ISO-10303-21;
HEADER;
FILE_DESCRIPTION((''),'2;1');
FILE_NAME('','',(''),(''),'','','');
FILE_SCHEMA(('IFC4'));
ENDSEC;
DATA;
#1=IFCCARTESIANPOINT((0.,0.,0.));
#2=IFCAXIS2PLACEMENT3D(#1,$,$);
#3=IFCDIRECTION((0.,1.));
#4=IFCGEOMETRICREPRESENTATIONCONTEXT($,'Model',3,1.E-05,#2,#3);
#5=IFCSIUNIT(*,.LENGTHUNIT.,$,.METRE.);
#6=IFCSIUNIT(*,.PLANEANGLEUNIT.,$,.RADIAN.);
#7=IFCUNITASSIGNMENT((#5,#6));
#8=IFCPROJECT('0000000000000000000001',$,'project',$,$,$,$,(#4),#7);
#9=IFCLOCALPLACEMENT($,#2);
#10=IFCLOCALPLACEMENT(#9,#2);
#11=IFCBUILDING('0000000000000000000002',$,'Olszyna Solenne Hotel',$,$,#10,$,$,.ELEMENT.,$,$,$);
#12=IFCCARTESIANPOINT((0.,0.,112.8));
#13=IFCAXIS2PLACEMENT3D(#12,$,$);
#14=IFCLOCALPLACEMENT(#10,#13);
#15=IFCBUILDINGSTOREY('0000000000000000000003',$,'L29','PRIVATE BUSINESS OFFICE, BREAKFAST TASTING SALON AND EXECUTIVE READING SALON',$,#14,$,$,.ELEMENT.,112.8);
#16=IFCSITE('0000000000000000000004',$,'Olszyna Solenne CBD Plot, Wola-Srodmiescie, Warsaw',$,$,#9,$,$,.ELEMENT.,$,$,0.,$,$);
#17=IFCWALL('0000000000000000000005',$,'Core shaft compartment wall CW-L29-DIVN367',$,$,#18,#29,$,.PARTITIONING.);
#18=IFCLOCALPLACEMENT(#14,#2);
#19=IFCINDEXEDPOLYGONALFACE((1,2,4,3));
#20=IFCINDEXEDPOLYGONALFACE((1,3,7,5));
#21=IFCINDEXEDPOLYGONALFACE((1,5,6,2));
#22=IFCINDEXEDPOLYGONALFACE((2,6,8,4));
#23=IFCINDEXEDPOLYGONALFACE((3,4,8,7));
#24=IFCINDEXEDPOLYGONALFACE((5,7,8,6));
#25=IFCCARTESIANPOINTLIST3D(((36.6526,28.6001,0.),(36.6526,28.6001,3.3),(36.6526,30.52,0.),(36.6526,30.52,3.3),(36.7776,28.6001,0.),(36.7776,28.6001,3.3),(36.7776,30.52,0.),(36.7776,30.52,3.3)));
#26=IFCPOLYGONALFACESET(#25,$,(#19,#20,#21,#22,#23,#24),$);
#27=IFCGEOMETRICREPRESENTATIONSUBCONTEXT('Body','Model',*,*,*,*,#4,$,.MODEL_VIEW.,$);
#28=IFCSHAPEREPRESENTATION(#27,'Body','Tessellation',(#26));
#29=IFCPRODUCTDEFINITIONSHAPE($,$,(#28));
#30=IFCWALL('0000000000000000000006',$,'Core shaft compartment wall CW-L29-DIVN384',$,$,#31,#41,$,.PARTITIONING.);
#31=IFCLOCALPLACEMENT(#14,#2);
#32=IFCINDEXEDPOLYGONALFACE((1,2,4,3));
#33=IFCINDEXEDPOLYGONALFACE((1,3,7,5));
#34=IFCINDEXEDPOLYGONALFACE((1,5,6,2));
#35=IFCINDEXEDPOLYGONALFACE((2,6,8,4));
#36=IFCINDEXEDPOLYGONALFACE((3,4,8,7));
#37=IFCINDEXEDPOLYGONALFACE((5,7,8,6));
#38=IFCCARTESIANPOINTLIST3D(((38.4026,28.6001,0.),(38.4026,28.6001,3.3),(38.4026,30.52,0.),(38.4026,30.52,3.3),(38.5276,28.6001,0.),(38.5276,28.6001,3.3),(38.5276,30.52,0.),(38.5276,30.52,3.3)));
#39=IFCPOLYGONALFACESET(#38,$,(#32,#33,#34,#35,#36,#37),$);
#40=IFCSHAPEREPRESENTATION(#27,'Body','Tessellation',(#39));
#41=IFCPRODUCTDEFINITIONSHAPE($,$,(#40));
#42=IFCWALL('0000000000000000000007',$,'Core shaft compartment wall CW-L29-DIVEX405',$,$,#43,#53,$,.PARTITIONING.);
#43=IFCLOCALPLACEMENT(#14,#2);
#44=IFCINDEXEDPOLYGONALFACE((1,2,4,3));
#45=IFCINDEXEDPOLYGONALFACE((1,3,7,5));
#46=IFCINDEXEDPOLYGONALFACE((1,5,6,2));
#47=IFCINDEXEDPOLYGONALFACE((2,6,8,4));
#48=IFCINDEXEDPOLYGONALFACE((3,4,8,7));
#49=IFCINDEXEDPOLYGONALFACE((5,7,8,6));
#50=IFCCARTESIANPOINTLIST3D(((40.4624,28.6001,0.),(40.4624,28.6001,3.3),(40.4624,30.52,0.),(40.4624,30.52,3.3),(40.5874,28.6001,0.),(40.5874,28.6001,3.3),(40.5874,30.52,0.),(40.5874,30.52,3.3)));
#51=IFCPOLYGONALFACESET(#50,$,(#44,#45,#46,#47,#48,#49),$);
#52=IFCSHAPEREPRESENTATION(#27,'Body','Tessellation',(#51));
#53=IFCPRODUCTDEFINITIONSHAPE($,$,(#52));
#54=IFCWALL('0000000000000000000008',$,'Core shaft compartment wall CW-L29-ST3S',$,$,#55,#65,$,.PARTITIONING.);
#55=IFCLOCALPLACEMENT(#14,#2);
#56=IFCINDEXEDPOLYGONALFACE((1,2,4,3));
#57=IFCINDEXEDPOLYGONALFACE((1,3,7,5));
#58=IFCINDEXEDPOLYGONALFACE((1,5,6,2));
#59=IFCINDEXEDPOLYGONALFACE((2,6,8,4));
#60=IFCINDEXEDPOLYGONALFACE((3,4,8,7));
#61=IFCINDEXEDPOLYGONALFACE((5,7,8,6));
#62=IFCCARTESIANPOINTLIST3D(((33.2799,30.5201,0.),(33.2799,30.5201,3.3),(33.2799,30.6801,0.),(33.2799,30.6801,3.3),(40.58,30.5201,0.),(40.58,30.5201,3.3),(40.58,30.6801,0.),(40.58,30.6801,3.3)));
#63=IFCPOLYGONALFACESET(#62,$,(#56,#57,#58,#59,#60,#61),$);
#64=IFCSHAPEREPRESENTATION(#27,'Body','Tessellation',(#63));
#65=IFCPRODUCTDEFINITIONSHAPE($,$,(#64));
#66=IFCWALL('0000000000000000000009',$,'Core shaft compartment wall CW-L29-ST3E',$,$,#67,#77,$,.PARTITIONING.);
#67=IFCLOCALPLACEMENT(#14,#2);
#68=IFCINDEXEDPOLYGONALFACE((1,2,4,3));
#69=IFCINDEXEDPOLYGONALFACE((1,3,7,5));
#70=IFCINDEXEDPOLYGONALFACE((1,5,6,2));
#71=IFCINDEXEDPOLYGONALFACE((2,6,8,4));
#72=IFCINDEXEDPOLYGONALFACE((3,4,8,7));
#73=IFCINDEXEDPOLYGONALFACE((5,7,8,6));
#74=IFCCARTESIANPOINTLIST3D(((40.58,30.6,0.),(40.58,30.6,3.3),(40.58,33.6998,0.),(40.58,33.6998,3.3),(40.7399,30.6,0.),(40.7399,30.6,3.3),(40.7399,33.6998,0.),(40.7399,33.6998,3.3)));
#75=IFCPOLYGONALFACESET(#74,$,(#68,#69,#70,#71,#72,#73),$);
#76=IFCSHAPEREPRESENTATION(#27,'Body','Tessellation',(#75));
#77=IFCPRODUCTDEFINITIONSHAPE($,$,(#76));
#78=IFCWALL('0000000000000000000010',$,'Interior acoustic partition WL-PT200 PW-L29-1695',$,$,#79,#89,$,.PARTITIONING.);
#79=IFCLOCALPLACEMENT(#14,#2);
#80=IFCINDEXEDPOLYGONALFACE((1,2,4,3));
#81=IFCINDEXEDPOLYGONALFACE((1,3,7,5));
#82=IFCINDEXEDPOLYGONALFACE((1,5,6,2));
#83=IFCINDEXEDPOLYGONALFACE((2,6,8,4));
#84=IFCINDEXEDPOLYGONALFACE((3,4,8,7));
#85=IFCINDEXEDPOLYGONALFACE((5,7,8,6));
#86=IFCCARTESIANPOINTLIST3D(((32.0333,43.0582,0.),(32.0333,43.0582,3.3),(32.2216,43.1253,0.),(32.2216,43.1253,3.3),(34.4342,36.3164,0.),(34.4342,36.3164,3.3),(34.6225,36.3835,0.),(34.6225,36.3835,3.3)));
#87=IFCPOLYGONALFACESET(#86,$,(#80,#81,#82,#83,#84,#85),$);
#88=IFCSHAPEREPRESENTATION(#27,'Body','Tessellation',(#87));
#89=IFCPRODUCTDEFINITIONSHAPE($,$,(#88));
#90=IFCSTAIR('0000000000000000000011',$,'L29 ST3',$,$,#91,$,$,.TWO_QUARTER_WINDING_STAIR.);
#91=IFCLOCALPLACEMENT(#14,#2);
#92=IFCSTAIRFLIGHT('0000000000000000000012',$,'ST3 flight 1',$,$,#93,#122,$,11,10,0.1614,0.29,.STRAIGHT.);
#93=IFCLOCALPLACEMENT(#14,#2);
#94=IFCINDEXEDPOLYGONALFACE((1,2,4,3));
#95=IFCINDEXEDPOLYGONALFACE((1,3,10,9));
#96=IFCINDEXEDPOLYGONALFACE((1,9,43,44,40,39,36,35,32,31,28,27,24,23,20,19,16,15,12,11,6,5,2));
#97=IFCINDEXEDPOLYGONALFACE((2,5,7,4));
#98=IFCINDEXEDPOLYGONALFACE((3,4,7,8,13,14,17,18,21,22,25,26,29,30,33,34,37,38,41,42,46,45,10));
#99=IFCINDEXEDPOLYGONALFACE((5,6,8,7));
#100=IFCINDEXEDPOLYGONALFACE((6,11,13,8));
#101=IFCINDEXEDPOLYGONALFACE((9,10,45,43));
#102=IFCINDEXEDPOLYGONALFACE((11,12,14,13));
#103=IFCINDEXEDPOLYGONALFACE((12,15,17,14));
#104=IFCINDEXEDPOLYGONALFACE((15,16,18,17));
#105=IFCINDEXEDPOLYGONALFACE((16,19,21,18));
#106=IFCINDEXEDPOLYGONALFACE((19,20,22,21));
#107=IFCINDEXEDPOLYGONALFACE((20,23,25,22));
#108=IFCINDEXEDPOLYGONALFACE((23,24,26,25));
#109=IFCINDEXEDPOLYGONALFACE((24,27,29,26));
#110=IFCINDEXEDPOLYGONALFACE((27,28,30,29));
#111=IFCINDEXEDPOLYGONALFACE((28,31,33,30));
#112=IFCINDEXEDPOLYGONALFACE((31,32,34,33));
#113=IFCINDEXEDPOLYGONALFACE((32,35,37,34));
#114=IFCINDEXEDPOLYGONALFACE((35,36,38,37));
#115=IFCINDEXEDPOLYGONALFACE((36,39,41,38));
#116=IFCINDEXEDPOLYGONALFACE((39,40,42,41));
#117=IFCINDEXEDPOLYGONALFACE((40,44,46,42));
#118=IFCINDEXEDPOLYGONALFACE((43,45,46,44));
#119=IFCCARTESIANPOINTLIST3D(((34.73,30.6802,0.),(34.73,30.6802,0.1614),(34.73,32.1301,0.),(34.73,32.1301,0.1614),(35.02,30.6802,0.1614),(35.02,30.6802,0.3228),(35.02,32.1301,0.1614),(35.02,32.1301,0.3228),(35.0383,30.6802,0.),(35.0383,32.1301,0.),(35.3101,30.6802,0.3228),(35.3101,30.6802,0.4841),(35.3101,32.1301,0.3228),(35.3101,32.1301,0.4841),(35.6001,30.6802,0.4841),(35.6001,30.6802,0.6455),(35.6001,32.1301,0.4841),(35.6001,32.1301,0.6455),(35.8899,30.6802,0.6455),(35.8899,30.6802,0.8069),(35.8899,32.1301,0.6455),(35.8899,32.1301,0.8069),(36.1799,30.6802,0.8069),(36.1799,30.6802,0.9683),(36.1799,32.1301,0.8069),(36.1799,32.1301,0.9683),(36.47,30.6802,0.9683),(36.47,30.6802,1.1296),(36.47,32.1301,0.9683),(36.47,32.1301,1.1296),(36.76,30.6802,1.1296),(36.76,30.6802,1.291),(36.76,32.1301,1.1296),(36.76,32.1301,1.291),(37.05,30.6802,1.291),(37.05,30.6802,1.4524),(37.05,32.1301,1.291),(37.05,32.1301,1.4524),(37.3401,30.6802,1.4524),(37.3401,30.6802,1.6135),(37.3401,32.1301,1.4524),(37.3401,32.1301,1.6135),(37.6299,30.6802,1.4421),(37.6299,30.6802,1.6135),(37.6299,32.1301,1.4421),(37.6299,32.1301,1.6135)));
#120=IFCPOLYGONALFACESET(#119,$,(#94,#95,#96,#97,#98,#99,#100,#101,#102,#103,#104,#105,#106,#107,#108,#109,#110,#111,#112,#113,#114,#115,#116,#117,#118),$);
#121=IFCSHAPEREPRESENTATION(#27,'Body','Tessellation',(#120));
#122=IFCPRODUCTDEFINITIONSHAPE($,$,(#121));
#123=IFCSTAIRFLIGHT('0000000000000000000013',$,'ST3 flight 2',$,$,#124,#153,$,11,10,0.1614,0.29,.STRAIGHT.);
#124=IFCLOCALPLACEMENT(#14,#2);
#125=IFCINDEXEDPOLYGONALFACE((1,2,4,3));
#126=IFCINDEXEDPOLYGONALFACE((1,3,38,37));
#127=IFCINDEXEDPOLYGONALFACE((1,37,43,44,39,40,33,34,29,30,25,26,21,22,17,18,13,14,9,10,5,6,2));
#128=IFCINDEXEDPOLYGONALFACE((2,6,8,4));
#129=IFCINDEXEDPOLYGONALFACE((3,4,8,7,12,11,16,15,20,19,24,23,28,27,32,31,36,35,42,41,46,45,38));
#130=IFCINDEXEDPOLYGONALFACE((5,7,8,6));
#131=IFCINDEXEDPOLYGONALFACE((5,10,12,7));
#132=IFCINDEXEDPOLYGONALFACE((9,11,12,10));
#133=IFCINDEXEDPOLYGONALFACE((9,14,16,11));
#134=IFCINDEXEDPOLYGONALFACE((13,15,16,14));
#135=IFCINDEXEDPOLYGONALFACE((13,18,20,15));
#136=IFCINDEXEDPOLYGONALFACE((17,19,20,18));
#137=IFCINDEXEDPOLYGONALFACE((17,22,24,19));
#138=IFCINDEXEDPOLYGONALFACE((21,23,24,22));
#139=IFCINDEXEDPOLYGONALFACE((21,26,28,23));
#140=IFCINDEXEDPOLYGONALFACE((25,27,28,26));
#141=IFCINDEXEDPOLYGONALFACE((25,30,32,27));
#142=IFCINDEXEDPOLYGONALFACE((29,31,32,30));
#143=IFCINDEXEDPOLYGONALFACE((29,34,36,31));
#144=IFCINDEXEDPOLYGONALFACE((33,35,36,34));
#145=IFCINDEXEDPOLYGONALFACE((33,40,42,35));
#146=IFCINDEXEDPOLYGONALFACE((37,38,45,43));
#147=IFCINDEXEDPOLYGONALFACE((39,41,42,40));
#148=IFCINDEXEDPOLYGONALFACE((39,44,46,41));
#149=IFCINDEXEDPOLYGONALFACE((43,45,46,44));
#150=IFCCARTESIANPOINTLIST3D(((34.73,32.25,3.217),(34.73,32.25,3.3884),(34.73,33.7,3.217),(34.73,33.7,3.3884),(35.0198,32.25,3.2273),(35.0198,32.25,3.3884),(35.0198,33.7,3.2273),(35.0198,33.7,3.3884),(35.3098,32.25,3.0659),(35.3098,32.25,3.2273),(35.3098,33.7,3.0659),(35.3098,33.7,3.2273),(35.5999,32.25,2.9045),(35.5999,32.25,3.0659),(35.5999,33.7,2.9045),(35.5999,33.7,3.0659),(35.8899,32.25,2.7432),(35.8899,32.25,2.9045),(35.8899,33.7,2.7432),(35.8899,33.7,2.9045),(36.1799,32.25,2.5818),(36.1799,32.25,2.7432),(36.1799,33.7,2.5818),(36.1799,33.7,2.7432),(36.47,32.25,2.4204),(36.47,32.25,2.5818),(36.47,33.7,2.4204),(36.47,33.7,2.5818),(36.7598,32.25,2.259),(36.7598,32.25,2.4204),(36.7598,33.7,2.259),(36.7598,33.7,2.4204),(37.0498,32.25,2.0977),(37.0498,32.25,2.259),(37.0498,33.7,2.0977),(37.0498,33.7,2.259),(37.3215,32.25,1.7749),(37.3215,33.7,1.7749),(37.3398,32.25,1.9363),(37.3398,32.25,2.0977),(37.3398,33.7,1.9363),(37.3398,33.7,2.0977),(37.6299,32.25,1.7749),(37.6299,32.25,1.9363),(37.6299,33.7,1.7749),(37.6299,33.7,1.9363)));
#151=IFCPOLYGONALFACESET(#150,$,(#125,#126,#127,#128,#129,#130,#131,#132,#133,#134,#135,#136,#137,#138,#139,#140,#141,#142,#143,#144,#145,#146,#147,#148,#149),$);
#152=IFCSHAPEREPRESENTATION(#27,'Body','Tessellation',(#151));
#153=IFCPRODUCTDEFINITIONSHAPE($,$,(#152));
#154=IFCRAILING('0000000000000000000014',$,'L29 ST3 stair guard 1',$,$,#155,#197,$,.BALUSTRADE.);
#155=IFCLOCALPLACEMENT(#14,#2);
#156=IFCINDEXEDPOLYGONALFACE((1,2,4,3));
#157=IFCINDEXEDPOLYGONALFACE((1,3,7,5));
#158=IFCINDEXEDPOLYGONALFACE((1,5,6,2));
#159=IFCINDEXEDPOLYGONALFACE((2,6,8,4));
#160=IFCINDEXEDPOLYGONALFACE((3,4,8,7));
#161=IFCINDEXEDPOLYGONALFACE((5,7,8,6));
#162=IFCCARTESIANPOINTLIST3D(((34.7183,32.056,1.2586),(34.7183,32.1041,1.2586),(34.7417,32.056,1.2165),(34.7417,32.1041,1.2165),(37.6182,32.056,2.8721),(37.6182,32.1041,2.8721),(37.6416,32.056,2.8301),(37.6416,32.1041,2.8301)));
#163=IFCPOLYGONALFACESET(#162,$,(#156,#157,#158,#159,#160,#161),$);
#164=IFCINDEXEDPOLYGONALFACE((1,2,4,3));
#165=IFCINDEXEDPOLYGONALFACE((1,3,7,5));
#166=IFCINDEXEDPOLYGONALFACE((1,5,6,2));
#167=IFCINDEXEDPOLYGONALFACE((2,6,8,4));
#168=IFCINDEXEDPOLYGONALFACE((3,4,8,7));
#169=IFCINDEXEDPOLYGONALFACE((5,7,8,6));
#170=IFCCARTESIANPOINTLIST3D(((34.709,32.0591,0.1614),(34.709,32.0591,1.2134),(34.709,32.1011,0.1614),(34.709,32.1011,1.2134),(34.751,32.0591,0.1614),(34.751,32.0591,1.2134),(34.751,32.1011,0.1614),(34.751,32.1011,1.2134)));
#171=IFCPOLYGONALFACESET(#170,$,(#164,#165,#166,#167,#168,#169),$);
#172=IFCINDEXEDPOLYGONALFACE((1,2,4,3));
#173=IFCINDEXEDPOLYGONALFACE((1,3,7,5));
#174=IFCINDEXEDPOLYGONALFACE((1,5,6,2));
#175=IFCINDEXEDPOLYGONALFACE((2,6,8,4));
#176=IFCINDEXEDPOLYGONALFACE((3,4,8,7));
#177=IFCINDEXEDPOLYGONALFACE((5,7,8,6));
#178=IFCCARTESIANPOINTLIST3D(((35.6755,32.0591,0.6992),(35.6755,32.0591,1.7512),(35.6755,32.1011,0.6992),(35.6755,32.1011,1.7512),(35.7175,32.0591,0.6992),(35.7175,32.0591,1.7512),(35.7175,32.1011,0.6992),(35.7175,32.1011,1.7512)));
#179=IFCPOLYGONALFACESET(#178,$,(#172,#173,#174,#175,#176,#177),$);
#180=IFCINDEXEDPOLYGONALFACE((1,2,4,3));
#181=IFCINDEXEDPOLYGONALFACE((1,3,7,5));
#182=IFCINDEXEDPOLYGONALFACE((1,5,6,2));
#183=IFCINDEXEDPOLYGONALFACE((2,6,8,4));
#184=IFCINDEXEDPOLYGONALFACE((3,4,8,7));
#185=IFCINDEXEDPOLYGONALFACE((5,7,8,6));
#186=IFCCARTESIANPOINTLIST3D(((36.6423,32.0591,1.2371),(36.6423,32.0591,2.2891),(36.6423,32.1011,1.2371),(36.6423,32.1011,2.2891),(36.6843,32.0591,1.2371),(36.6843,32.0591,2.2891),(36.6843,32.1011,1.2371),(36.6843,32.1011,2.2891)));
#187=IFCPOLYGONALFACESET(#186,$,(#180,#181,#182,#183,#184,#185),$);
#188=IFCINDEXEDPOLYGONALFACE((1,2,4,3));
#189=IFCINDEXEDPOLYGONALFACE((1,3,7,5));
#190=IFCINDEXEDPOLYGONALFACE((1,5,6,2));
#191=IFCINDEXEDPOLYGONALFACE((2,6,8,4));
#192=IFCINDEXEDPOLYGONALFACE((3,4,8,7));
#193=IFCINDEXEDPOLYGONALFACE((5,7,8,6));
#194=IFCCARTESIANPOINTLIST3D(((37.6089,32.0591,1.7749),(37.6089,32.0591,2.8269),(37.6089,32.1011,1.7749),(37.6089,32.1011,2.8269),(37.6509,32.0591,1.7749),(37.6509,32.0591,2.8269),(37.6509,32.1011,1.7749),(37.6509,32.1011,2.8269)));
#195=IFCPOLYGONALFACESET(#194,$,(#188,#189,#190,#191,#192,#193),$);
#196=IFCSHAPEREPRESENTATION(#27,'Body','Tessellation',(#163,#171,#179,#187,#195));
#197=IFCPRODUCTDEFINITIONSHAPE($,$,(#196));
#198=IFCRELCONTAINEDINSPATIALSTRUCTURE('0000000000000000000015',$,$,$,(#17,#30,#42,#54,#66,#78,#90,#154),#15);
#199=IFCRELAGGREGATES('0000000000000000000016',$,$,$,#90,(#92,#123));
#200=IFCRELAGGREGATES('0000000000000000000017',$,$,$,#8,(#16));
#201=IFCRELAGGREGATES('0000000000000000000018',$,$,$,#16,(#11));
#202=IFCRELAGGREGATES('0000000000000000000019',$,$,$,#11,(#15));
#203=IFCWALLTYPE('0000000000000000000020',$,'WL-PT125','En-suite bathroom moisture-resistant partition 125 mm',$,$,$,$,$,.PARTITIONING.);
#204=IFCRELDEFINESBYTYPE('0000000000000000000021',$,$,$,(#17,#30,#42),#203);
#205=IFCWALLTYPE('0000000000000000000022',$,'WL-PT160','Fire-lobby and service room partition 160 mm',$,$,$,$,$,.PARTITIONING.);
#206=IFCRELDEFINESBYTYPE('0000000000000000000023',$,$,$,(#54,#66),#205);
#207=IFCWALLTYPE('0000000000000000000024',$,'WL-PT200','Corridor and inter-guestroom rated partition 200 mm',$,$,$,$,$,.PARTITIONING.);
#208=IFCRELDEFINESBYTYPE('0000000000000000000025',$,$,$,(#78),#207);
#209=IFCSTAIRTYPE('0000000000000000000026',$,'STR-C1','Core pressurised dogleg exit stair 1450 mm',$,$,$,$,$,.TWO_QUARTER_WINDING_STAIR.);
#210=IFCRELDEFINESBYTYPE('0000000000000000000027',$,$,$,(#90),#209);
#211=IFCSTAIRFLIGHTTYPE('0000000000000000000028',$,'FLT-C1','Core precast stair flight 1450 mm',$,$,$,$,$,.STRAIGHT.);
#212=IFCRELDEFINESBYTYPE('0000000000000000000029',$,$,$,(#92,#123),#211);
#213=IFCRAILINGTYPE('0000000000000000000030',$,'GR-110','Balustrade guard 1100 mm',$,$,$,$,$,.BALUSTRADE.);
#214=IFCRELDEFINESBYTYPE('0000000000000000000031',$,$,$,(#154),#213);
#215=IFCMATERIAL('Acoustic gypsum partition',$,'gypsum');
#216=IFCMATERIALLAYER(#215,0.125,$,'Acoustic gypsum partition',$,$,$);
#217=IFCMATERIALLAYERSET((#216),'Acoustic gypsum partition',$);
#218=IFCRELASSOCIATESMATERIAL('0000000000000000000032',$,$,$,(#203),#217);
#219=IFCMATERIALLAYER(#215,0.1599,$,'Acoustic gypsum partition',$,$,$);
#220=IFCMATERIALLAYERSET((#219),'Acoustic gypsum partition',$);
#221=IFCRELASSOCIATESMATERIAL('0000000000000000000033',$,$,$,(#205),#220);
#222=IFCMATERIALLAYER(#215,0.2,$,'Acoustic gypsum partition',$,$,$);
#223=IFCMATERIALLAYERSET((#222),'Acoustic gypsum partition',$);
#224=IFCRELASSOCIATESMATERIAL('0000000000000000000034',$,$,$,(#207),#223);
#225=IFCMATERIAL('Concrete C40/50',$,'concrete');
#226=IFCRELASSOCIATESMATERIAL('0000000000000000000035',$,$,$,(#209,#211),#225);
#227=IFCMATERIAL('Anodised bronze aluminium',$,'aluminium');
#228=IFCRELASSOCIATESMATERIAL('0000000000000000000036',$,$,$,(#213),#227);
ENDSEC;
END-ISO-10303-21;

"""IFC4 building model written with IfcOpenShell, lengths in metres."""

from ifc_helpers import new_model, si_unit, direction, frame, frame_2d, origin, origin_2d, place, context, subcontext, project, spatial, polyline, rectangle, outline, extrude, material, layer, layer_set, type_object, element, aggregate, save


model = new_model("IFC4")

# Units and contexts
model_context = context("Model", 3, precision=1e-05, world=origin(), true_north=direction((0.0, 1.0)))
body_context = subcontext(model_context, "Body", "Model", "MODEL_VIEW")
ifc_project = project(units=[si_unit("LENGTHUNIT", "METRE"), si_unit("PLANEANGLEUNIT", "RADIAN")], contexts=[model_context])

# Site, building, storey
site_placement = place(None, origin())
site = spatial("IfcSite", under=ifc_project, at=site_placement, Name="Olszyna Solenne CBD Plot, Wola-Srodmiescie, Warsaw", CompositionType="ELEMENT", RefElevation=0.0)
building_placement = place(site_placement, origin())
building = spatial("IfcBuilding", under=site, at=building_placement, Name="Olszyna Solenne Hotel", CompositionType="ELEMENT")
storey_placement = place(building_placement, frame((0.0, 0.0, 112.8)))
storey = spatial("IfcBuildingStorey", under=building, at=storey_placement, Name="L29", Description="PRIVATE BUSINESS OFFICE, BREAKFAST TASTING SALON AND EXECUTIVE READING SALON", CompositionType="ELEMENT", Elevation=112.8)

# Shared definitions
ifc_material_1 = material(Name="Anodised bronze aluminium", Category="aluminium")

# Walls
ifc_material_2 = material(Name="Acoustic gypsum partition", Category="gypsum")
ifc_layer_1 = layer(ifc_material_2, 0.125, Name="Acoustic gypsum partition")
ifc_layer_set_1 = layer_set([ifc_layer_1], Name="Acoustic gypsum partition")
wall_type_1 = type_object("IfcWallType", Name="WL-PT125", Description="En-suite bathroom moisture-resistant partition 125 mm", PredefinedType="PARTITIONING", material=ifc_layer_set_1)
for number, where, z_axis, x_axis, name in (
    (1, (36.7151, 28.6001, 0.0), (0.0, 0.0, 1.0), (0.0, 1.0, 0.0), "Core shaft compartment wall CW-L29-DIVN367"),
    (2, (38.4651, 28.6001, 0.0), (0.0, 0.0, 1.0), (0.0, 1.0, 0.0), "Core shaft compartment wall CW-L29-DIVN384"),
    (3, (40.5249, 28.6001, 0.0), (0.0, 0.0, 1.0), (0.0, 1.0, 0.0), "Core shaft compartment wall CW-L29-DIVEX405"),
):
    element("IfcWall", number, at=place(storey_placement, frame(where, z_axis=z_axis, x_axis=x_axis)), inside=storey, type_object=wall_type_1, Name=name, PredefinedType="PARTITIONING", context=body_context, shape_type="SweptSolid", body=[
        extrude(rectangle(XDim=1.9199, YDim=0.125, at=frame_2d((0.96, 0.0))), origin(), (0.0, 0.0, 1.0), 3.3),
    ])
ifc_layer_2 = layer(ifc_material_2, 0.1599, Name="Acoustic gypsum partition")
ifc_layer_set_2 = layer_set([ifc_layer_2], Name="Acoustic gypsum partition")
wall_type_2 = type_object("IfcWallType", Name="WL-PT160", Description="Fire-lobby and service room partition 160 mm", PredefinedType="PARTITIONING", material=ifc_layer_set_2)
wall_1_placement = place(storey_placement, frame((33.28, 30.6001, 0.0), z_axis=(0.0, 0.0, 1.0), x_axis=(1.0, 0.0, 0.0)))
element("IfcWall", 4, at=wall_1_placement, inside=storey, type_object=wall_type_2, Name="Core shaft compartment wall CW-L29-ST3S", PredefinedType="PARTITIONING", context=body_context, shape_type="SweptSolid", body=[
    extrude(rectangle(XDim=7.3, YDim=0.1599, at=frame_2d((3.6499, 0.0))), origin(), (0.0, 0.0, 1.0), 3.3),
])
wall_2_placement = place(storey_placement, frame((40.6599, 30.6001, 0.0), z_axis=(0.0, 0.0, 1.0), x_axis=(0.0, 1.0, 0.0)))
element("IfcWall", 5, at=wall_2_placement, inside=storey, type_object=wall_type_2, Name="Core shaft compartment wall CW-L29-ST3E", PredefinedType="PARTITIONING", context=body_context, shape_type="SweptSolid", body=[
    extrude(rectangle(XDim=3.0999, YDim=0.1599, at=frame_2d((1.5498, 0.0))), origin(), (0.0, 0.0, 1.0), 3.3),
])
ifc_layer_3 = layer(ifc_material_2, 0.2, Name="Acoustic gypsum partition")
ifc_layer_set_3 = layer_set([ifc_layer_3], Name="Acoustic gypsum partition")
wall_type_3 = type_object("IfcWallType", Name="WL-PT200", Description="Corridor and inter-guestroom rated partition 200 mm", PredefinedType="PARTITIONING", material=ifc_layer_set_3)
wall_3_placement = place(storey_placement, frame((34.5283, 36.3501, 0.0), z_axis=(0.0, 0.0, 1.0), x_axis=(-0.335485, 0.942046, 0.0)))
element("IfcWall", 6, at=wall_3_placement, inside=storey, type_object=wall_type_3, Name="Interior acoustic partition WL-PT200 PW-L29-1695", PredefinedType="PARTITIONING", context=body_context, shape_type="SweptSolid", body=[
    extrude(rectangle(XDim=7.1565, YDim=0.2, at=frame_2d((3.5781, 0.0))), origin(), (0.0, 0.0, 1.0), 3.3),
])

# Stair, stair flights
ifc_material_3 = material(Name="Concrete C40/50", Category="concrete")
stair_type = type_object("IfcStairType", Name="STR-C1", Description="Core pressurised dogleg exit stair 1450 mm", PredefinedType="TWO_QUARTER_WINDING_STAIR", material=ifc_material_3)
stair_placement = place(storey_placement, origin())
stair = element("IfcStair", 7, at=stair_placement, inside=storey, type_object=stair_type, Name="L29 ST3", PredefinedType="TWO_QUARTER_WINDING_STAIR")
stair_flight_type = type_object("IfcStairFlightType", Name="FLT-C1", Description="Core precast stair flight 1450 mm", PredefinedType="STRAIGHT", material=ifc_material_3)
stair_flight_1_placement = place(storey_placement, frame((34.73, 31.405, 0.0), z_axis=(0.0, 0.0, 1.0), x_axis=(1.0, 0.0, 0.0)))
stair_flight_1 = element("IfcStairFlight", 8, at=stair_flight_1_placement, type_object=stair_flight_type, Name="ST3 flight 1", NumberOfRisers=11, NumberOfTreads=10, PredefinedType="STRAIGHT", RiserHeight=0.1614, TreadLength=0.29, context=body_context, shape_type="SweptSolid", body=[
    extrude(outline(polyline([(0.0, 0.0), (0.0, 0.1614), (0.29, 0.1614), (0.29, 0.3228), (0.5801, 0.3228), (0.5801, 0.4841), (0.8701, 0.4841), (0.8701, 0.6455), (1.1599, 0.6455), (1.1599, 0.8069), (1.45, 0.8069), (1.45, 0.9683), (1.74, 0.9683), (1.74, 1.1296), (2.03, 1.1296), (2.03, 1.291), (2.3201, 1.291), (2.3201, 1.4524), (2.6101, 1.4524), (2.6101, 1.6135), (2.8999, 1.6135), (2.8999, 1.7749), (2.8999, 1.4421), (0.3083, 0.0), (0.0, 0.0)])), frame((0.0, 0.7251, 0.0), z_axis=(0.0, -1.0, 0.0), x_axis=(1.0, 0.0, 0.0)), (0.0, 0.0, 1.0), 1.45),
])
stair_flight_2_placement = place(storey_placement, frame((37.6299, 32.9751, 1.7749), z_axis=(0.0, 0.0, 1.0), x_axis=(-1.0, 0.0, 0.0)))
stair_flight_2 = element("IfcStairFlight", 9, at=stair_flight_2_placement, type_object=stair_flight_type, Name="ST3 flight 2", NumberOfRisers=11, NumberOfTreads=10, PredefinedType="STRAIGHT", RiserHeight=0.1614, TreadLength=0.29, context=body_context, shape_type="SweptSolid", body=[
    extrude(outline(polyline([(0.0, 0.0), (0.0, 0.1614), (0.29, 0.1614), (0.29, 0.3228), (0.5801, 0.3228), (0.5801, 0.4841), (0.8701, 0.4841), (0.8701, 0.6455), (1.1599, 0.6455), (1.1599, 0.8069), (1.45, 0.8069), (1.45, 0.9683), (1.74, 0.9683), (1.74, 1.1296), (2.03, 1.1296), (2.03, 1.291), (2.3201, 1.291), (2.3201, 1.4524), (2.6101, 1.4524), (2.6101, 1.6135), (2.8999, 1.6135), (2.8999, 1.7749), (2.8999, 1.4421), (0.3083, 0.0), (0.0, 0.0)])), frame((0.0, 0.7251, 0.0), z_axis=(0.0, -1.0, 0.0), x_axis=(1.0, 0.0, 0.0)), (0.0, 0.0, 1.0), 1.45),
])
aggregate(stair, [stair_flight_1, stair_flight_2])

# Railing
railing_type_1 = type_object("IfcRailingType", Name="GR-110", Description="Balustrade guard 1100 mm", PredefinedType="BALUSTRADE", material=ifc_material_1)
railing_1_placement = place(storey_placement, frame((34.73, 32.0801, 0.1614)))
element("IfcRailing", 10, at=railing_1_placement, inside=storey, type_object=railing_type_1, Name="L29 ST3 stair guard 1", PredefinedType="BALUSTRADE", context=body_context, shape_type="SweptSolid", body=[
    extrude(rectangle(XDim=0.0481, YDim=0.0481, at=origin_2d()), frame((0.0, 0.0, 1.0762), z_axis=(0.873841, 0.0, 0.486211), x_axis=(0.0, 1.0, 0.0)), (0.0, 0.0, 1.0), 3.3186),
    extrude(rectangle(XDim=0.042, YDim=0.042, at=origin_2d()), origin(), (0.0, 0.0, 1.0), 1.052),
    extrude(rectangle(XDim=0.042, YDim=0.042, at=origin_2d()), frame((0.9666, 0.0, 0.5378)), (0.0, 0.0, 1.0), 1.052),
    extrude(rectangle(XDim=0.042, YDim=0.042, at=origin_2d()), frame((1.9333, 0.0, 1.0757)), (0.0, 0.0, 1.0), 1.052),
    extrude(rectangle(XDim=0.042, YDim=0.042, at=origin_2d()), frame((2.8999, 0.0, 1.6135)), (0.0, 0.0, 1.0), 1.052),
])

save(model, "model.ifc")
